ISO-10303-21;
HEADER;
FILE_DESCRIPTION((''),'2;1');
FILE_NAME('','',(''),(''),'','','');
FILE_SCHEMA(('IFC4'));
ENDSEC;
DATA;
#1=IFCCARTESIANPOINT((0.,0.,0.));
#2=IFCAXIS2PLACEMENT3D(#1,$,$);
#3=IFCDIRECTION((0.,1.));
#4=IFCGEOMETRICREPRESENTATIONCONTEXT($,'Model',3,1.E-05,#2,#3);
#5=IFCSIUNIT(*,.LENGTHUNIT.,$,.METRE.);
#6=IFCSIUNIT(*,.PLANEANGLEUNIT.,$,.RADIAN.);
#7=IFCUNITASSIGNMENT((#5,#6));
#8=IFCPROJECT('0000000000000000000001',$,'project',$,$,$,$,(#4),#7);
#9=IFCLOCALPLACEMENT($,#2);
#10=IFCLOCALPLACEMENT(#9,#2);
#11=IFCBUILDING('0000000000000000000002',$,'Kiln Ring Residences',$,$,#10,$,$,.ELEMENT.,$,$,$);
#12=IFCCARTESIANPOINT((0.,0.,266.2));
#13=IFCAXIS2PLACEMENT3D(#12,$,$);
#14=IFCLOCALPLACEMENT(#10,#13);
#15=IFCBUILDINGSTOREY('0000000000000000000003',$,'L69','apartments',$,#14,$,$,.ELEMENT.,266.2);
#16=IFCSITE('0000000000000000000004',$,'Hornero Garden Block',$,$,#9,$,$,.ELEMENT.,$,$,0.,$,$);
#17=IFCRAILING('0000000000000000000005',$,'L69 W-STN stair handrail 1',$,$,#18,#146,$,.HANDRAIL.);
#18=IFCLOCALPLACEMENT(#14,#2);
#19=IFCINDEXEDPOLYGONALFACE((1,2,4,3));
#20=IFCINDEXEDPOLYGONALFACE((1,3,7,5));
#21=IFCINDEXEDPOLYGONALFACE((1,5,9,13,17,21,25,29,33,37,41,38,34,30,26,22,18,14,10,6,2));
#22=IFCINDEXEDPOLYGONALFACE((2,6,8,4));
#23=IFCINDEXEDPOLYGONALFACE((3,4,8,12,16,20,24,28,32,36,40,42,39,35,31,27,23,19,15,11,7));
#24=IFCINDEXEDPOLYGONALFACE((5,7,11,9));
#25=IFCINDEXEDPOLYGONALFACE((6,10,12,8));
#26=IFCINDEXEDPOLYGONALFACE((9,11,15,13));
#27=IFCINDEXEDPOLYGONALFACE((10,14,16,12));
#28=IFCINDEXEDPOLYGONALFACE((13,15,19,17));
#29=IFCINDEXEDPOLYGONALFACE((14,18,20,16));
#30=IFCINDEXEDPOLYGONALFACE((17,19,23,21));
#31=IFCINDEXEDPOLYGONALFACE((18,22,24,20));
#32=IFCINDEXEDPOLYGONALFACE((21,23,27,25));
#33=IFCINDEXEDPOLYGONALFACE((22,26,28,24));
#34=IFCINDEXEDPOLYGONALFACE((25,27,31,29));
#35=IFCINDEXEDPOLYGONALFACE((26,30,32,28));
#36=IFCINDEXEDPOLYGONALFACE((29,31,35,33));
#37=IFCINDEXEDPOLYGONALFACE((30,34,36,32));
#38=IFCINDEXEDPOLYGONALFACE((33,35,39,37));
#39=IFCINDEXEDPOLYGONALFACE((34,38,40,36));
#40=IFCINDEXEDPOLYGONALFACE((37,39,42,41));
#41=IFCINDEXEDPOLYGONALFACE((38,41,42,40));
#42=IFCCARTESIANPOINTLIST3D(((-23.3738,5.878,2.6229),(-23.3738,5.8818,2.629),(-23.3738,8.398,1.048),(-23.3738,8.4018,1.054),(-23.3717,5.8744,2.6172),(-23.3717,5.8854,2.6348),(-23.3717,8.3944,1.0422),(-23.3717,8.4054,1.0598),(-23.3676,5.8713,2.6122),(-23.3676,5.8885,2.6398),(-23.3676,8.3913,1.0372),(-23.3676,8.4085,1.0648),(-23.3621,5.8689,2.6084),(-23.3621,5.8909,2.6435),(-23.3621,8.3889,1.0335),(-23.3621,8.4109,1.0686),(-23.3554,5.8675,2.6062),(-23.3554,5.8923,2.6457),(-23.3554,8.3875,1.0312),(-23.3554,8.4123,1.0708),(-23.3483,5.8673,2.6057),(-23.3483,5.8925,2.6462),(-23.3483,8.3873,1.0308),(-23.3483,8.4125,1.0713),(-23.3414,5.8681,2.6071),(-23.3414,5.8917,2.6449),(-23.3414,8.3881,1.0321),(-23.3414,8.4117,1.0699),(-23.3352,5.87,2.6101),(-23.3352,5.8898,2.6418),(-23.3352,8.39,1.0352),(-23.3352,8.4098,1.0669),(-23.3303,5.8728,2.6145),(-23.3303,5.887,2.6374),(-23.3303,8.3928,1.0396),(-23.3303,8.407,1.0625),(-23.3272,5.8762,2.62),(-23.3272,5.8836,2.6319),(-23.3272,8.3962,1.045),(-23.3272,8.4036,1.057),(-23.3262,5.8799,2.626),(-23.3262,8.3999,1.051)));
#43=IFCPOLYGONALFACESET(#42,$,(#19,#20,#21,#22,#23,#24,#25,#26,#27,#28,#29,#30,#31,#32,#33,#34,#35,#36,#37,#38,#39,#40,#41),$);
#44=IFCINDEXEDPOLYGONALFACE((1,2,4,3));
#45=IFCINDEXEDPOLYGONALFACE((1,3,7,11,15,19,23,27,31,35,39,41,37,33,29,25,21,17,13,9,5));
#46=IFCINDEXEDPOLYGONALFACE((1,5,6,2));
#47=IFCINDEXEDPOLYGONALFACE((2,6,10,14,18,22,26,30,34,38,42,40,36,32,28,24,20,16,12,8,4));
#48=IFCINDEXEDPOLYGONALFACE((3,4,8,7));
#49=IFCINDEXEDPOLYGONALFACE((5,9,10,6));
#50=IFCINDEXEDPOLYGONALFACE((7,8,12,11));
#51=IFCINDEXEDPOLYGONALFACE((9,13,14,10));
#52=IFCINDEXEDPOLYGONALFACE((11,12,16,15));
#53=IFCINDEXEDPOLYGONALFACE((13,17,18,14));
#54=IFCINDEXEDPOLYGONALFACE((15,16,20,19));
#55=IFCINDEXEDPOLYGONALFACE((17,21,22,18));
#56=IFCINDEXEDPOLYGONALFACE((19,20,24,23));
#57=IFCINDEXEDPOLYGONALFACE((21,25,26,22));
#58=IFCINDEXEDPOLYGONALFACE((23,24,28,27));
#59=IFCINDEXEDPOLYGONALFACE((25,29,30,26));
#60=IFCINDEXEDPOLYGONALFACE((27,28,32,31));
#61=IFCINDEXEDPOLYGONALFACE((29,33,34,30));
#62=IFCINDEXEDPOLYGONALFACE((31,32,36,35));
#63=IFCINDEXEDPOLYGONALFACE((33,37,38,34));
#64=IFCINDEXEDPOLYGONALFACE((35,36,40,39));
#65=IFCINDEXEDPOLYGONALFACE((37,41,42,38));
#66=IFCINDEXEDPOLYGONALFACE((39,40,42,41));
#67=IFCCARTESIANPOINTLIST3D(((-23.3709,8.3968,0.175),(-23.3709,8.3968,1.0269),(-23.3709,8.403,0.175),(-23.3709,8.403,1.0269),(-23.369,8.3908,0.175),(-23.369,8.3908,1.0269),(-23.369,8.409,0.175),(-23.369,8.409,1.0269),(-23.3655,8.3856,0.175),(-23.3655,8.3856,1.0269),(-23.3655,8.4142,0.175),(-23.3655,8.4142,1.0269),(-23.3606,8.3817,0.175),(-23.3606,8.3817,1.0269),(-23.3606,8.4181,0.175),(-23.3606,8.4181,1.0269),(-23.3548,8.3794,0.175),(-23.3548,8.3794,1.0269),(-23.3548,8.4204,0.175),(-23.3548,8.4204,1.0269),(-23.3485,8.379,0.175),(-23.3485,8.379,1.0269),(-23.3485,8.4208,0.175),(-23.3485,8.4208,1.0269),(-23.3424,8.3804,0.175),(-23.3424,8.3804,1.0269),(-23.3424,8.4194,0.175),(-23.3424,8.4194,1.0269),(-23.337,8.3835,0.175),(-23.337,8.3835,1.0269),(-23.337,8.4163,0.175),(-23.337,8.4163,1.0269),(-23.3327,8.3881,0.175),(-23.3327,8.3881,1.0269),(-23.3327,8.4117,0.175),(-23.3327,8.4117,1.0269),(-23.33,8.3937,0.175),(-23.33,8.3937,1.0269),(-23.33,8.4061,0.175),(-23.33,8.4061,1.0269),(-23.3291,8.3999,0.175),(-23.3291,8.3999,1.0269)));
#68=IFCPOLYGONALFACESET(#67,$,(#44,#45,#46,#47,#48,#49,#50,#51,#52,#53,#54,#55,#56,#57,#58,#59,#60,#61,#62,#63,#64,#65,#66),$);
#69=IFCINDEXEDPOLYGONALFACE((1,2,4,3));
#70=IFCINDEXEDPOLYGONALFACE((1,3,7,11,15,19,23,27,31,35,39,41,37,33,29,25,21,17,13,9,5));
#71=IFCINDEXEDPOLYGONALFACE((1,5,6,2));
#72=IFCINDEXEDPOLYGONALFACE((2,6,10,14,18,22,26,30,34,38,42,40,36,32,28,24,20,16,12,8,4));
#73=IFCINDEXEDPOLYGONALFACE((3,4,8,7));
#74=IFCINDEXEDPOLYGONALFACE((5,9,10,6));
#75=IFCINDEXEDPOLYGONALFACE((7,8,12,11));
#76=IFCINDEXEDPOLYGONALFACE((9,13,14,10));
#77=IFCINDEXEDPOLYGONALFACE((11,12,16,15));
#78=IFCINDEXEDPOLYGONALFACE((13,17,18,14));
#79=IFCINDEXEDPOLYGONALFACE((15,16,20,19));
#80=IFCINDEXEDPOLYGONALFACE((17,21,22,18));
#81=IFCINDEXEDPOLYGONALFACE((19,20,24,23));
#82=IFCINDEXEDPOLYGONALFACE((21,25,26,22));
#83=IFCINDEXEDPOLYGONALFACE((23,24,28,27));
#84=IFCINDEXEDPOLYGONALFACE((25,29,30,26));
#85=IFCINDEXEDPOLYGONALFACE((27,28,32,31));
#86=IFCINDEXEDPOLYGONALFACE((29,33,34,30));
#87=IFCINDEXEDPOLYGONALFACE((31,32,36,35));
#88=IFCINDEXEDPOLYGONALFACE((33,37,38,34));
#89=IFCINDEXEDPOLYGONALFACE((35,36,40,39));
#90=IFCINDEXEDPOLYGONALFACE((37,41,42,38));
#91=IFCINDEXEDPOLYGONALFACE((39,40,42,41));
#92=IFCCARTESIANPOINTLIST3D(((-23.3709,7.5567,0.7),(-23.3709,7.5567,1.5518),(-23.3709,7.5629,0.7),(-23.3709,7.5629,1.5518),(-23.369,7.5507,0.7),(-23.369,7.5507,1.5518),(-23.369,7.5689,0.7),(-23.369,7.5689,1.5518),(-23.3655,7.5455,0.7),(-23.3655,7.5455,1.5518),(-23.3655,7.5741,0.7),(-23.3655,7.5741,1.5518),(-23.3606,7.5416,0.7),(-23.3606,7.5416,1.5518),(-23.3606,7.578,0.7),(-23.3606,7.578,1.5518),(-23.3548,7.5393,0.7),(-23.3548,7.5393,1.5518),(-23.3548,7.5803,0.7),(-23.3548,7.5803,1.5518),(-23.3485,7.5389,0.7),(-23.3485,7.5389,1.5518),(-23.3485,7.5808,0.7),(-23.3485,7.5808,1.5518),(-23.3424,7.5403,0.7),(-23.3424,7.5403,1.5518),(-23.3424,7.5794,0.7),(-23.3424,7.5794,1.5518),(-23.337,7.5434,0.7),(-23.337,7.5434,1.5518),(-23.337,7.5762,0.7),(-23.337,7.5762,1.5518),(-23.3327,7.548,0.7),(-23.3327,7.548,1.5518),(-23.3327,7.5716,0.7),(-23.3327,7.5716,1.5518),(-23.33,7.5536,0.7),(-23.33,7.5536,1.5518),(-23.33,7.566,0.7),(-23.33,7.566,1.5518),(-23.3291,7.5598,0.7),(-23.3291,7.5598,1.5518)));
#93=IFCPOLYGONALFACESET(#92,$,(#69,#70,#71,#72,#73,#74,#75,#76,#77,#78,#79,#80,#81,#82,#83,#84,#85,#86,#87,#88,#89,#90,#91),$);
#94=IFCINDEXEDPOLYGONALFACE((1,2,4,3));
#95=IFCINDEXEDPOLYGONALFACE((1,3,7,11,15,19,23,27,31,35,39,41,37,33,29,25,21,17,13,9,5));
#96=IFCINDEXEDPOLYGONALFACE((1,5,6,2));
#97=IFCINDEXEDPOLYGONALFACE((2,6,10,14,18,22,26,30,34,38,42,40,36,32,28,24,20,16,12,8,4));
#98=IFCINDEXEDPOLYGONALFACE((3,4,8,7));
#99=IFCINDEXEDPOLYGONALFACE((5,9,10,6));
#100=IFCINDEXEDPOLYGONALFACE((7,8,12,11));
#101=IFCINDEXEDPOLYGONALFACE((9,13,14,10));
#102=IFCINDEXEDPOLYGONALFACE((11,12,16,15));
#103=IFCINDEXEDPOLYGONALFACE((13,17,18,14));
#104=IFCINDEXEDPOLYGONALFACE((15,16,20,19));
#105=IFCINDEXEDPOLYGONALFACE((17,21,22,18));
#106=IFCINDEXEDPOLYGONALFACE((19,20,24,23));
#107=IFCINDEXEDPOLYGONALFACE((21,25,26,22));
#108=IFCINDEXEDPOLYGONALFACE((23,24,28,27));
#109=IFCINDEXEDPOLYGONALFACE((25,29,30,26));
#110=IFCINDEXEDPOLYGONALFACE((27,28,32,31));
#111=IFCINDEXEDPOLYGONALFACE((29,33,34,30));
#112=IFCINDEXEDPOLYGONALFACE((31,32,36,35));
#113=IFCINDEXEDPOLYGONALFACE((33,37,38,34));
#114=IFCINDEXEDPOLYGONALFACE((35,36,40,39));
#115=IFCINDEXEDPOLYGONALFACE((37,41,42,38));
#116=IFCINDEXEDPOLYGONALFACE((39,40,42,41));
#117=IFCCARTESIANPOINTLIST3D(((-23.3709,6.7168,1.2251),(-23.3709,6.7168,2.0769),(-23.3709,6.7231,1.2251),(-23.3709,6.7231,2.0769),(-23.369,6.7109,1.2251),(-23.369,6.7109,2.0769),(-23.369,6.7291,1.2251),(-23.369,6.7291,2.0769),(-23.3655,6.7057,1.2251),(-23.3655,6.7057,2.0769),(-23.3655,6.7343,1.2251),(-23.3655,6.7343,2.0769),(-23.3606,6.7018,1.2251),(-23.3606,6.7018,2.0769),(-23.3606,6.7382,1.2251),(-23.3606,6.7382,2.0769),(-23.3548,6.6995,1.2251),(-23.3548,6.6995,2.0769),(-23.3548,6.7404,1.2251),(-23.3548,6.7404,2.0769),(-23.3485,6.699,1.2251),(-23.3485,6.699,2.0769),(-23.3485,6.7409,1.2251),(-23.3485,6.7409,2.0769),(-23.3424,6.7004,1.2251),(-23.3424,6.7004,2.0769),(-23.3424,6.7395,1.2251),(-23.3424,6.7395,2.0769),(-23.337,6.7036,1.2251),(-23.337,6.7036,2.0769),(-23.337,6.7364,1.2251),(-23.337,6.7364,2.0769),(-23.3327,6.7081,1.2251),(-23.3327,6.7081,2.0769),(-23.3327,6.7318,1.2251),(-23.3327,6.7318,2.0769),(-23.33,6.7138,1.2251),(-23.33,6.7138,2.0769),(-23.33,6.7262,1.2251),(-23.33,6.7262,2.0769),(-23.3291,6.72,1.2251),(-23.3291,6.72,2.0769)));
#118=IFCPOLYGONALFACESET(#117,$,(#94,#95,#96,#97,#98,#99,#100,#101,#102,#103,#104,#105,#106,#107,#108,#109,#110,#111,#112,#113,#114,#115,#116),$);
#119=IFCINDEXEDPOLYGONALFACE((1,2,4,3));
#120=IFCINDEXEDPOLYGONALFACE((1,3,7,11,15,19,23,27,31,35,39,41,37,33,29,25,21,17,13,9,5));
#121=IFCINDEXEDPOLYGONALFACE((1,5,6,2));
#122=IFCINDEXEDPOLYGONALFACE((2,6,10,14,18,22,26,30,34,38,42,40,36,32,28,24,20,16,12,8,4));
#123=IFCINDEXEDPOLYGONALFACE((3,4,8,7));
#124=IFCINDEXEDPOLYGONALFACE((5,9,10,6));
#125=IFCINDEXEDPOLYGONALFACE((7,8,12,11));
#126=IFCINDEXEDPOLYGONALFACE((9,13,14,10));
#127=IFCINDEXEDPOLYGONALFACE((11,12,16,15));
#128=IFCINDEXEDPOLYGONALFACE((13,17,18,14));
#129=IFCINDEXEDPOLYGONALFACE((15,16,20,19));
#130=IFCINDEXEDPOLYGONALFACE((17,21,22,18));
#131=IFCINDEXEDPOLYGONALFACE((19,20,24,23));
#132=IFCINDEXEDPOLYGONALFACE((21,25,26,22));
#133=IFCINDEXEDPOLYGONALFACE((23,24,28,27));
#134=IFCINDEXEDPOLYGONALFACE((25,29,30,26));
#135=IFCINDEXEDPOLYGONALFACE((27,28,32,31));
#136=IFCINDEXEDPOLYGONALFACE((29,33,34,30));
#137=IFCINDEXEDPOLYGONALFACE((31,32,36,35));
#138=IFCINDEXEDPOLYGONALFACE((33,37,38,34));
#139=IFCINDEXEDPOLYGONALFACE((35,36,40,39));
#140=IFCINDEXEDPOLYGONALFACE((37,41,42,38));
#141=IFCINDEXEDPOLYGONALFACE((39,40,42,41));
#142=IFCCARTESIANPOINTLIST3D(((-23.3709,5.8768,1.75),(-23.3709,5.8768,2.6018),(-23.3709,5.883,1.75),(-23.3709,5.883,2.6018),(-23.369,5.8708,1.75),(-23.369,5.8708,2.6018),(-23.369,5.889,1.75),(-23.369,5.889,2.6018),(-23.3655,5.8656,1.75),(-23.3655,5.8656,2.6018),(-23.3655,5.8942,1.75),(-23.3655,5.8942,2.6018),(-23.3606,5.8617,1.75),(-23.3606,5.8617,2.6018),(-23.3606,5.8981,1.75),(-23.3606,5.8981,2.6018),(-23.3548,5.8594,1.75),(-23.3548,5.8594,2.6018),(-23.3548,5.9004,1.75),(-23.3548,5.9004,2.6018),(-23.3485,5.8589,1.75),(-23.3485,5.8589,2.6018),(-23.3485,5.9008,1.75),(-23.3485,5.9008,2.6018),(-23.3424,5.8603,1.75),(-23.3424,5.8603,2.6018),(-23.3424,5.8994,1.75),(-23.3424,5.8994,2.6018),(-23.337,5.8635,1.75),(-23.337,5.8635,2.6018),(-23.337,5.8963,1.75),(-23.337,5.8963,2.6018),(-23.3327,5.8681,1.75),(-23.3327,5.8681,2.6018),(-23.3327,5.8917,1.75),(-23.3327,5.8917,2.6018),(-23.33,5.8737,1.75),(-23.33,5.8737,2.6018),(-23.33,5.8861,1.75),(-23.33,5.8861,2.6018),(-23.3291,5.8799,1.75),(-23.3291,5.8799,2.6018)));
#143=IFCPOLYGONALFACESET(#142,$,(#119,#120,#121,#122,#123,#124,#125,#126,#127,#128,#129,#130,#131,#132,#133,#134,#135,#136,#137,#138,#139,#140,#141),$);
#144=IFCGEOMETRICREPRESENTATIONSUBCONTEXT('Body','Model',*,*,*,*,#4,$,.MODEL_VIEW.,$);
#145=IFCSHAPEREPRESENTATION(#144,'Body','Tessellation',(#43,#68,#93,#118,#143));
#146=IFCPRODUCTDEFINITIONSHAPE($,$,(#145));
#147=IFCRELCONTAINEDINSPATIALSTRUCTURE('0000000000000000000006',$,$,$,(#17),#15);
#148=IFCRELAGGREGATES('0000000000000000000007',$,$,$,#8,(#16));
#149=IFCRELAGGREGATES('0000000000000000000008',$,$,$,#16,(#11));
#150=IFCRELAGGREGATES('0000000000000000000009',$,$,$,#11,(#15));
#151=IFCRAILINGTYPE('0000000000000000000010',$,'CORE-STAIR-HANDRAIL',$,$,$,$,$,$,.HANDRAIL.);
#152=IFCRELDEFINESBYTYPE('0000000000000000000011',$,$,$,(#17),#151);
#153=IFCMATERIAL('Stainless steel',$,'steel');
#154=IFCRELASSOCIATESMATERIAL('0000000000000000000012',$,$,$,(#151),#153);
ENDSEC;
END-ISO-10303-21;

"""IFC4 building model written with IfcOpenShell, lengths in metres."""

from ifc_helpers import new_model, si_unit, direction, frame, origin, origin_2d, place, context, subcontext, project, spatial, circle, extrude, material, type_object, element, save


model = new_model("IFC4")

# Units and contexts
model_context = context("Model", 3, precision=1e-05, world=origin(), true_north=direction((0.0, 1.0)))
body_context = subcontext(model_context, "Body", "Model", "MODEL_VIEW")
ifc_project = project(units=[si_unit("LENGTHUNIT", "METRE"), si_unit("PLANEANGLEUNIT", "RADIAN")], contexts=[model_context])

# Site, building, storey
site_placement = place(None, origin())
site = spatial("IfcSite", under=ifc_project, at=site_placement, Name="Hornero Garden Block", CompositionType="ELEMENT", RefElevation=0.0)
building_placement = place(site_placement, origin())
building = spatial("IfcBuilding", under=site, at=building_placement, Name="Kiln Ring Residences", CompositionType="ELEMENT")
storey_placement = place(building_placement, frame((0.0, 0.0, 266.2)))
storey = spatial("IfcBuildingStorey", under=building, at=storey_placement, Name="L69", Description="apartments", CompositionType="ELEMENT", Elevation=266.2)

# Railing
ifc_material_1 = material(Name="Stainless steel", Category="steel")
railing_type_1 = type_object("IfcRailingType", Name="CORE-STAIR-HANDRAIL", PredefinedType="HANDRAIL", material=ifc_material_1)
railing_1_placement = place(storey_placement, frame((-23.3501, 8.3999, 0.175)))
element("IfcRailing", 1, at=railing_1_placement, inside=storey, type_object=railing_type_1, Name="L69 W-STN stair handrail 1", PredefinedType="HANDRAIL", context=body_context, shape_type="SweptSolid", body=[
    extrude(circle(Radius=0.0239, at=origin_2d()), frame((0.0, 0.0, 0.876), z_axis=(0.0, -0.848008, 0.529984), x_axis=(1.0, 0.0, 0.0)), (0.0, 0.0, 1.0), 2.9717),
    extrude(circle(Radius=0.021, at=origin_2d()), origin(), (0.0, 0.0, 1.0), 0.8518),
    extrude(circle(Radius=0.021, at=origin_2d()), frame((0.0, -0.8401, 0.5249)), (0.0, 0.0, 1.0), 0.8518),
    extrude(circle(Radius=0.021, at=origin_2d()), frame((0.0, -1.6799, 1.05)), (0.0, 0.0, 1.0), 0.8518),
    extrude(circle(Radius=0.021, at=origin_2d()), frame((0.0, -2.52, 1.575)), (0.0, 0.0, 1.0), 0.8518),
])

save(model, "model.ifc")
